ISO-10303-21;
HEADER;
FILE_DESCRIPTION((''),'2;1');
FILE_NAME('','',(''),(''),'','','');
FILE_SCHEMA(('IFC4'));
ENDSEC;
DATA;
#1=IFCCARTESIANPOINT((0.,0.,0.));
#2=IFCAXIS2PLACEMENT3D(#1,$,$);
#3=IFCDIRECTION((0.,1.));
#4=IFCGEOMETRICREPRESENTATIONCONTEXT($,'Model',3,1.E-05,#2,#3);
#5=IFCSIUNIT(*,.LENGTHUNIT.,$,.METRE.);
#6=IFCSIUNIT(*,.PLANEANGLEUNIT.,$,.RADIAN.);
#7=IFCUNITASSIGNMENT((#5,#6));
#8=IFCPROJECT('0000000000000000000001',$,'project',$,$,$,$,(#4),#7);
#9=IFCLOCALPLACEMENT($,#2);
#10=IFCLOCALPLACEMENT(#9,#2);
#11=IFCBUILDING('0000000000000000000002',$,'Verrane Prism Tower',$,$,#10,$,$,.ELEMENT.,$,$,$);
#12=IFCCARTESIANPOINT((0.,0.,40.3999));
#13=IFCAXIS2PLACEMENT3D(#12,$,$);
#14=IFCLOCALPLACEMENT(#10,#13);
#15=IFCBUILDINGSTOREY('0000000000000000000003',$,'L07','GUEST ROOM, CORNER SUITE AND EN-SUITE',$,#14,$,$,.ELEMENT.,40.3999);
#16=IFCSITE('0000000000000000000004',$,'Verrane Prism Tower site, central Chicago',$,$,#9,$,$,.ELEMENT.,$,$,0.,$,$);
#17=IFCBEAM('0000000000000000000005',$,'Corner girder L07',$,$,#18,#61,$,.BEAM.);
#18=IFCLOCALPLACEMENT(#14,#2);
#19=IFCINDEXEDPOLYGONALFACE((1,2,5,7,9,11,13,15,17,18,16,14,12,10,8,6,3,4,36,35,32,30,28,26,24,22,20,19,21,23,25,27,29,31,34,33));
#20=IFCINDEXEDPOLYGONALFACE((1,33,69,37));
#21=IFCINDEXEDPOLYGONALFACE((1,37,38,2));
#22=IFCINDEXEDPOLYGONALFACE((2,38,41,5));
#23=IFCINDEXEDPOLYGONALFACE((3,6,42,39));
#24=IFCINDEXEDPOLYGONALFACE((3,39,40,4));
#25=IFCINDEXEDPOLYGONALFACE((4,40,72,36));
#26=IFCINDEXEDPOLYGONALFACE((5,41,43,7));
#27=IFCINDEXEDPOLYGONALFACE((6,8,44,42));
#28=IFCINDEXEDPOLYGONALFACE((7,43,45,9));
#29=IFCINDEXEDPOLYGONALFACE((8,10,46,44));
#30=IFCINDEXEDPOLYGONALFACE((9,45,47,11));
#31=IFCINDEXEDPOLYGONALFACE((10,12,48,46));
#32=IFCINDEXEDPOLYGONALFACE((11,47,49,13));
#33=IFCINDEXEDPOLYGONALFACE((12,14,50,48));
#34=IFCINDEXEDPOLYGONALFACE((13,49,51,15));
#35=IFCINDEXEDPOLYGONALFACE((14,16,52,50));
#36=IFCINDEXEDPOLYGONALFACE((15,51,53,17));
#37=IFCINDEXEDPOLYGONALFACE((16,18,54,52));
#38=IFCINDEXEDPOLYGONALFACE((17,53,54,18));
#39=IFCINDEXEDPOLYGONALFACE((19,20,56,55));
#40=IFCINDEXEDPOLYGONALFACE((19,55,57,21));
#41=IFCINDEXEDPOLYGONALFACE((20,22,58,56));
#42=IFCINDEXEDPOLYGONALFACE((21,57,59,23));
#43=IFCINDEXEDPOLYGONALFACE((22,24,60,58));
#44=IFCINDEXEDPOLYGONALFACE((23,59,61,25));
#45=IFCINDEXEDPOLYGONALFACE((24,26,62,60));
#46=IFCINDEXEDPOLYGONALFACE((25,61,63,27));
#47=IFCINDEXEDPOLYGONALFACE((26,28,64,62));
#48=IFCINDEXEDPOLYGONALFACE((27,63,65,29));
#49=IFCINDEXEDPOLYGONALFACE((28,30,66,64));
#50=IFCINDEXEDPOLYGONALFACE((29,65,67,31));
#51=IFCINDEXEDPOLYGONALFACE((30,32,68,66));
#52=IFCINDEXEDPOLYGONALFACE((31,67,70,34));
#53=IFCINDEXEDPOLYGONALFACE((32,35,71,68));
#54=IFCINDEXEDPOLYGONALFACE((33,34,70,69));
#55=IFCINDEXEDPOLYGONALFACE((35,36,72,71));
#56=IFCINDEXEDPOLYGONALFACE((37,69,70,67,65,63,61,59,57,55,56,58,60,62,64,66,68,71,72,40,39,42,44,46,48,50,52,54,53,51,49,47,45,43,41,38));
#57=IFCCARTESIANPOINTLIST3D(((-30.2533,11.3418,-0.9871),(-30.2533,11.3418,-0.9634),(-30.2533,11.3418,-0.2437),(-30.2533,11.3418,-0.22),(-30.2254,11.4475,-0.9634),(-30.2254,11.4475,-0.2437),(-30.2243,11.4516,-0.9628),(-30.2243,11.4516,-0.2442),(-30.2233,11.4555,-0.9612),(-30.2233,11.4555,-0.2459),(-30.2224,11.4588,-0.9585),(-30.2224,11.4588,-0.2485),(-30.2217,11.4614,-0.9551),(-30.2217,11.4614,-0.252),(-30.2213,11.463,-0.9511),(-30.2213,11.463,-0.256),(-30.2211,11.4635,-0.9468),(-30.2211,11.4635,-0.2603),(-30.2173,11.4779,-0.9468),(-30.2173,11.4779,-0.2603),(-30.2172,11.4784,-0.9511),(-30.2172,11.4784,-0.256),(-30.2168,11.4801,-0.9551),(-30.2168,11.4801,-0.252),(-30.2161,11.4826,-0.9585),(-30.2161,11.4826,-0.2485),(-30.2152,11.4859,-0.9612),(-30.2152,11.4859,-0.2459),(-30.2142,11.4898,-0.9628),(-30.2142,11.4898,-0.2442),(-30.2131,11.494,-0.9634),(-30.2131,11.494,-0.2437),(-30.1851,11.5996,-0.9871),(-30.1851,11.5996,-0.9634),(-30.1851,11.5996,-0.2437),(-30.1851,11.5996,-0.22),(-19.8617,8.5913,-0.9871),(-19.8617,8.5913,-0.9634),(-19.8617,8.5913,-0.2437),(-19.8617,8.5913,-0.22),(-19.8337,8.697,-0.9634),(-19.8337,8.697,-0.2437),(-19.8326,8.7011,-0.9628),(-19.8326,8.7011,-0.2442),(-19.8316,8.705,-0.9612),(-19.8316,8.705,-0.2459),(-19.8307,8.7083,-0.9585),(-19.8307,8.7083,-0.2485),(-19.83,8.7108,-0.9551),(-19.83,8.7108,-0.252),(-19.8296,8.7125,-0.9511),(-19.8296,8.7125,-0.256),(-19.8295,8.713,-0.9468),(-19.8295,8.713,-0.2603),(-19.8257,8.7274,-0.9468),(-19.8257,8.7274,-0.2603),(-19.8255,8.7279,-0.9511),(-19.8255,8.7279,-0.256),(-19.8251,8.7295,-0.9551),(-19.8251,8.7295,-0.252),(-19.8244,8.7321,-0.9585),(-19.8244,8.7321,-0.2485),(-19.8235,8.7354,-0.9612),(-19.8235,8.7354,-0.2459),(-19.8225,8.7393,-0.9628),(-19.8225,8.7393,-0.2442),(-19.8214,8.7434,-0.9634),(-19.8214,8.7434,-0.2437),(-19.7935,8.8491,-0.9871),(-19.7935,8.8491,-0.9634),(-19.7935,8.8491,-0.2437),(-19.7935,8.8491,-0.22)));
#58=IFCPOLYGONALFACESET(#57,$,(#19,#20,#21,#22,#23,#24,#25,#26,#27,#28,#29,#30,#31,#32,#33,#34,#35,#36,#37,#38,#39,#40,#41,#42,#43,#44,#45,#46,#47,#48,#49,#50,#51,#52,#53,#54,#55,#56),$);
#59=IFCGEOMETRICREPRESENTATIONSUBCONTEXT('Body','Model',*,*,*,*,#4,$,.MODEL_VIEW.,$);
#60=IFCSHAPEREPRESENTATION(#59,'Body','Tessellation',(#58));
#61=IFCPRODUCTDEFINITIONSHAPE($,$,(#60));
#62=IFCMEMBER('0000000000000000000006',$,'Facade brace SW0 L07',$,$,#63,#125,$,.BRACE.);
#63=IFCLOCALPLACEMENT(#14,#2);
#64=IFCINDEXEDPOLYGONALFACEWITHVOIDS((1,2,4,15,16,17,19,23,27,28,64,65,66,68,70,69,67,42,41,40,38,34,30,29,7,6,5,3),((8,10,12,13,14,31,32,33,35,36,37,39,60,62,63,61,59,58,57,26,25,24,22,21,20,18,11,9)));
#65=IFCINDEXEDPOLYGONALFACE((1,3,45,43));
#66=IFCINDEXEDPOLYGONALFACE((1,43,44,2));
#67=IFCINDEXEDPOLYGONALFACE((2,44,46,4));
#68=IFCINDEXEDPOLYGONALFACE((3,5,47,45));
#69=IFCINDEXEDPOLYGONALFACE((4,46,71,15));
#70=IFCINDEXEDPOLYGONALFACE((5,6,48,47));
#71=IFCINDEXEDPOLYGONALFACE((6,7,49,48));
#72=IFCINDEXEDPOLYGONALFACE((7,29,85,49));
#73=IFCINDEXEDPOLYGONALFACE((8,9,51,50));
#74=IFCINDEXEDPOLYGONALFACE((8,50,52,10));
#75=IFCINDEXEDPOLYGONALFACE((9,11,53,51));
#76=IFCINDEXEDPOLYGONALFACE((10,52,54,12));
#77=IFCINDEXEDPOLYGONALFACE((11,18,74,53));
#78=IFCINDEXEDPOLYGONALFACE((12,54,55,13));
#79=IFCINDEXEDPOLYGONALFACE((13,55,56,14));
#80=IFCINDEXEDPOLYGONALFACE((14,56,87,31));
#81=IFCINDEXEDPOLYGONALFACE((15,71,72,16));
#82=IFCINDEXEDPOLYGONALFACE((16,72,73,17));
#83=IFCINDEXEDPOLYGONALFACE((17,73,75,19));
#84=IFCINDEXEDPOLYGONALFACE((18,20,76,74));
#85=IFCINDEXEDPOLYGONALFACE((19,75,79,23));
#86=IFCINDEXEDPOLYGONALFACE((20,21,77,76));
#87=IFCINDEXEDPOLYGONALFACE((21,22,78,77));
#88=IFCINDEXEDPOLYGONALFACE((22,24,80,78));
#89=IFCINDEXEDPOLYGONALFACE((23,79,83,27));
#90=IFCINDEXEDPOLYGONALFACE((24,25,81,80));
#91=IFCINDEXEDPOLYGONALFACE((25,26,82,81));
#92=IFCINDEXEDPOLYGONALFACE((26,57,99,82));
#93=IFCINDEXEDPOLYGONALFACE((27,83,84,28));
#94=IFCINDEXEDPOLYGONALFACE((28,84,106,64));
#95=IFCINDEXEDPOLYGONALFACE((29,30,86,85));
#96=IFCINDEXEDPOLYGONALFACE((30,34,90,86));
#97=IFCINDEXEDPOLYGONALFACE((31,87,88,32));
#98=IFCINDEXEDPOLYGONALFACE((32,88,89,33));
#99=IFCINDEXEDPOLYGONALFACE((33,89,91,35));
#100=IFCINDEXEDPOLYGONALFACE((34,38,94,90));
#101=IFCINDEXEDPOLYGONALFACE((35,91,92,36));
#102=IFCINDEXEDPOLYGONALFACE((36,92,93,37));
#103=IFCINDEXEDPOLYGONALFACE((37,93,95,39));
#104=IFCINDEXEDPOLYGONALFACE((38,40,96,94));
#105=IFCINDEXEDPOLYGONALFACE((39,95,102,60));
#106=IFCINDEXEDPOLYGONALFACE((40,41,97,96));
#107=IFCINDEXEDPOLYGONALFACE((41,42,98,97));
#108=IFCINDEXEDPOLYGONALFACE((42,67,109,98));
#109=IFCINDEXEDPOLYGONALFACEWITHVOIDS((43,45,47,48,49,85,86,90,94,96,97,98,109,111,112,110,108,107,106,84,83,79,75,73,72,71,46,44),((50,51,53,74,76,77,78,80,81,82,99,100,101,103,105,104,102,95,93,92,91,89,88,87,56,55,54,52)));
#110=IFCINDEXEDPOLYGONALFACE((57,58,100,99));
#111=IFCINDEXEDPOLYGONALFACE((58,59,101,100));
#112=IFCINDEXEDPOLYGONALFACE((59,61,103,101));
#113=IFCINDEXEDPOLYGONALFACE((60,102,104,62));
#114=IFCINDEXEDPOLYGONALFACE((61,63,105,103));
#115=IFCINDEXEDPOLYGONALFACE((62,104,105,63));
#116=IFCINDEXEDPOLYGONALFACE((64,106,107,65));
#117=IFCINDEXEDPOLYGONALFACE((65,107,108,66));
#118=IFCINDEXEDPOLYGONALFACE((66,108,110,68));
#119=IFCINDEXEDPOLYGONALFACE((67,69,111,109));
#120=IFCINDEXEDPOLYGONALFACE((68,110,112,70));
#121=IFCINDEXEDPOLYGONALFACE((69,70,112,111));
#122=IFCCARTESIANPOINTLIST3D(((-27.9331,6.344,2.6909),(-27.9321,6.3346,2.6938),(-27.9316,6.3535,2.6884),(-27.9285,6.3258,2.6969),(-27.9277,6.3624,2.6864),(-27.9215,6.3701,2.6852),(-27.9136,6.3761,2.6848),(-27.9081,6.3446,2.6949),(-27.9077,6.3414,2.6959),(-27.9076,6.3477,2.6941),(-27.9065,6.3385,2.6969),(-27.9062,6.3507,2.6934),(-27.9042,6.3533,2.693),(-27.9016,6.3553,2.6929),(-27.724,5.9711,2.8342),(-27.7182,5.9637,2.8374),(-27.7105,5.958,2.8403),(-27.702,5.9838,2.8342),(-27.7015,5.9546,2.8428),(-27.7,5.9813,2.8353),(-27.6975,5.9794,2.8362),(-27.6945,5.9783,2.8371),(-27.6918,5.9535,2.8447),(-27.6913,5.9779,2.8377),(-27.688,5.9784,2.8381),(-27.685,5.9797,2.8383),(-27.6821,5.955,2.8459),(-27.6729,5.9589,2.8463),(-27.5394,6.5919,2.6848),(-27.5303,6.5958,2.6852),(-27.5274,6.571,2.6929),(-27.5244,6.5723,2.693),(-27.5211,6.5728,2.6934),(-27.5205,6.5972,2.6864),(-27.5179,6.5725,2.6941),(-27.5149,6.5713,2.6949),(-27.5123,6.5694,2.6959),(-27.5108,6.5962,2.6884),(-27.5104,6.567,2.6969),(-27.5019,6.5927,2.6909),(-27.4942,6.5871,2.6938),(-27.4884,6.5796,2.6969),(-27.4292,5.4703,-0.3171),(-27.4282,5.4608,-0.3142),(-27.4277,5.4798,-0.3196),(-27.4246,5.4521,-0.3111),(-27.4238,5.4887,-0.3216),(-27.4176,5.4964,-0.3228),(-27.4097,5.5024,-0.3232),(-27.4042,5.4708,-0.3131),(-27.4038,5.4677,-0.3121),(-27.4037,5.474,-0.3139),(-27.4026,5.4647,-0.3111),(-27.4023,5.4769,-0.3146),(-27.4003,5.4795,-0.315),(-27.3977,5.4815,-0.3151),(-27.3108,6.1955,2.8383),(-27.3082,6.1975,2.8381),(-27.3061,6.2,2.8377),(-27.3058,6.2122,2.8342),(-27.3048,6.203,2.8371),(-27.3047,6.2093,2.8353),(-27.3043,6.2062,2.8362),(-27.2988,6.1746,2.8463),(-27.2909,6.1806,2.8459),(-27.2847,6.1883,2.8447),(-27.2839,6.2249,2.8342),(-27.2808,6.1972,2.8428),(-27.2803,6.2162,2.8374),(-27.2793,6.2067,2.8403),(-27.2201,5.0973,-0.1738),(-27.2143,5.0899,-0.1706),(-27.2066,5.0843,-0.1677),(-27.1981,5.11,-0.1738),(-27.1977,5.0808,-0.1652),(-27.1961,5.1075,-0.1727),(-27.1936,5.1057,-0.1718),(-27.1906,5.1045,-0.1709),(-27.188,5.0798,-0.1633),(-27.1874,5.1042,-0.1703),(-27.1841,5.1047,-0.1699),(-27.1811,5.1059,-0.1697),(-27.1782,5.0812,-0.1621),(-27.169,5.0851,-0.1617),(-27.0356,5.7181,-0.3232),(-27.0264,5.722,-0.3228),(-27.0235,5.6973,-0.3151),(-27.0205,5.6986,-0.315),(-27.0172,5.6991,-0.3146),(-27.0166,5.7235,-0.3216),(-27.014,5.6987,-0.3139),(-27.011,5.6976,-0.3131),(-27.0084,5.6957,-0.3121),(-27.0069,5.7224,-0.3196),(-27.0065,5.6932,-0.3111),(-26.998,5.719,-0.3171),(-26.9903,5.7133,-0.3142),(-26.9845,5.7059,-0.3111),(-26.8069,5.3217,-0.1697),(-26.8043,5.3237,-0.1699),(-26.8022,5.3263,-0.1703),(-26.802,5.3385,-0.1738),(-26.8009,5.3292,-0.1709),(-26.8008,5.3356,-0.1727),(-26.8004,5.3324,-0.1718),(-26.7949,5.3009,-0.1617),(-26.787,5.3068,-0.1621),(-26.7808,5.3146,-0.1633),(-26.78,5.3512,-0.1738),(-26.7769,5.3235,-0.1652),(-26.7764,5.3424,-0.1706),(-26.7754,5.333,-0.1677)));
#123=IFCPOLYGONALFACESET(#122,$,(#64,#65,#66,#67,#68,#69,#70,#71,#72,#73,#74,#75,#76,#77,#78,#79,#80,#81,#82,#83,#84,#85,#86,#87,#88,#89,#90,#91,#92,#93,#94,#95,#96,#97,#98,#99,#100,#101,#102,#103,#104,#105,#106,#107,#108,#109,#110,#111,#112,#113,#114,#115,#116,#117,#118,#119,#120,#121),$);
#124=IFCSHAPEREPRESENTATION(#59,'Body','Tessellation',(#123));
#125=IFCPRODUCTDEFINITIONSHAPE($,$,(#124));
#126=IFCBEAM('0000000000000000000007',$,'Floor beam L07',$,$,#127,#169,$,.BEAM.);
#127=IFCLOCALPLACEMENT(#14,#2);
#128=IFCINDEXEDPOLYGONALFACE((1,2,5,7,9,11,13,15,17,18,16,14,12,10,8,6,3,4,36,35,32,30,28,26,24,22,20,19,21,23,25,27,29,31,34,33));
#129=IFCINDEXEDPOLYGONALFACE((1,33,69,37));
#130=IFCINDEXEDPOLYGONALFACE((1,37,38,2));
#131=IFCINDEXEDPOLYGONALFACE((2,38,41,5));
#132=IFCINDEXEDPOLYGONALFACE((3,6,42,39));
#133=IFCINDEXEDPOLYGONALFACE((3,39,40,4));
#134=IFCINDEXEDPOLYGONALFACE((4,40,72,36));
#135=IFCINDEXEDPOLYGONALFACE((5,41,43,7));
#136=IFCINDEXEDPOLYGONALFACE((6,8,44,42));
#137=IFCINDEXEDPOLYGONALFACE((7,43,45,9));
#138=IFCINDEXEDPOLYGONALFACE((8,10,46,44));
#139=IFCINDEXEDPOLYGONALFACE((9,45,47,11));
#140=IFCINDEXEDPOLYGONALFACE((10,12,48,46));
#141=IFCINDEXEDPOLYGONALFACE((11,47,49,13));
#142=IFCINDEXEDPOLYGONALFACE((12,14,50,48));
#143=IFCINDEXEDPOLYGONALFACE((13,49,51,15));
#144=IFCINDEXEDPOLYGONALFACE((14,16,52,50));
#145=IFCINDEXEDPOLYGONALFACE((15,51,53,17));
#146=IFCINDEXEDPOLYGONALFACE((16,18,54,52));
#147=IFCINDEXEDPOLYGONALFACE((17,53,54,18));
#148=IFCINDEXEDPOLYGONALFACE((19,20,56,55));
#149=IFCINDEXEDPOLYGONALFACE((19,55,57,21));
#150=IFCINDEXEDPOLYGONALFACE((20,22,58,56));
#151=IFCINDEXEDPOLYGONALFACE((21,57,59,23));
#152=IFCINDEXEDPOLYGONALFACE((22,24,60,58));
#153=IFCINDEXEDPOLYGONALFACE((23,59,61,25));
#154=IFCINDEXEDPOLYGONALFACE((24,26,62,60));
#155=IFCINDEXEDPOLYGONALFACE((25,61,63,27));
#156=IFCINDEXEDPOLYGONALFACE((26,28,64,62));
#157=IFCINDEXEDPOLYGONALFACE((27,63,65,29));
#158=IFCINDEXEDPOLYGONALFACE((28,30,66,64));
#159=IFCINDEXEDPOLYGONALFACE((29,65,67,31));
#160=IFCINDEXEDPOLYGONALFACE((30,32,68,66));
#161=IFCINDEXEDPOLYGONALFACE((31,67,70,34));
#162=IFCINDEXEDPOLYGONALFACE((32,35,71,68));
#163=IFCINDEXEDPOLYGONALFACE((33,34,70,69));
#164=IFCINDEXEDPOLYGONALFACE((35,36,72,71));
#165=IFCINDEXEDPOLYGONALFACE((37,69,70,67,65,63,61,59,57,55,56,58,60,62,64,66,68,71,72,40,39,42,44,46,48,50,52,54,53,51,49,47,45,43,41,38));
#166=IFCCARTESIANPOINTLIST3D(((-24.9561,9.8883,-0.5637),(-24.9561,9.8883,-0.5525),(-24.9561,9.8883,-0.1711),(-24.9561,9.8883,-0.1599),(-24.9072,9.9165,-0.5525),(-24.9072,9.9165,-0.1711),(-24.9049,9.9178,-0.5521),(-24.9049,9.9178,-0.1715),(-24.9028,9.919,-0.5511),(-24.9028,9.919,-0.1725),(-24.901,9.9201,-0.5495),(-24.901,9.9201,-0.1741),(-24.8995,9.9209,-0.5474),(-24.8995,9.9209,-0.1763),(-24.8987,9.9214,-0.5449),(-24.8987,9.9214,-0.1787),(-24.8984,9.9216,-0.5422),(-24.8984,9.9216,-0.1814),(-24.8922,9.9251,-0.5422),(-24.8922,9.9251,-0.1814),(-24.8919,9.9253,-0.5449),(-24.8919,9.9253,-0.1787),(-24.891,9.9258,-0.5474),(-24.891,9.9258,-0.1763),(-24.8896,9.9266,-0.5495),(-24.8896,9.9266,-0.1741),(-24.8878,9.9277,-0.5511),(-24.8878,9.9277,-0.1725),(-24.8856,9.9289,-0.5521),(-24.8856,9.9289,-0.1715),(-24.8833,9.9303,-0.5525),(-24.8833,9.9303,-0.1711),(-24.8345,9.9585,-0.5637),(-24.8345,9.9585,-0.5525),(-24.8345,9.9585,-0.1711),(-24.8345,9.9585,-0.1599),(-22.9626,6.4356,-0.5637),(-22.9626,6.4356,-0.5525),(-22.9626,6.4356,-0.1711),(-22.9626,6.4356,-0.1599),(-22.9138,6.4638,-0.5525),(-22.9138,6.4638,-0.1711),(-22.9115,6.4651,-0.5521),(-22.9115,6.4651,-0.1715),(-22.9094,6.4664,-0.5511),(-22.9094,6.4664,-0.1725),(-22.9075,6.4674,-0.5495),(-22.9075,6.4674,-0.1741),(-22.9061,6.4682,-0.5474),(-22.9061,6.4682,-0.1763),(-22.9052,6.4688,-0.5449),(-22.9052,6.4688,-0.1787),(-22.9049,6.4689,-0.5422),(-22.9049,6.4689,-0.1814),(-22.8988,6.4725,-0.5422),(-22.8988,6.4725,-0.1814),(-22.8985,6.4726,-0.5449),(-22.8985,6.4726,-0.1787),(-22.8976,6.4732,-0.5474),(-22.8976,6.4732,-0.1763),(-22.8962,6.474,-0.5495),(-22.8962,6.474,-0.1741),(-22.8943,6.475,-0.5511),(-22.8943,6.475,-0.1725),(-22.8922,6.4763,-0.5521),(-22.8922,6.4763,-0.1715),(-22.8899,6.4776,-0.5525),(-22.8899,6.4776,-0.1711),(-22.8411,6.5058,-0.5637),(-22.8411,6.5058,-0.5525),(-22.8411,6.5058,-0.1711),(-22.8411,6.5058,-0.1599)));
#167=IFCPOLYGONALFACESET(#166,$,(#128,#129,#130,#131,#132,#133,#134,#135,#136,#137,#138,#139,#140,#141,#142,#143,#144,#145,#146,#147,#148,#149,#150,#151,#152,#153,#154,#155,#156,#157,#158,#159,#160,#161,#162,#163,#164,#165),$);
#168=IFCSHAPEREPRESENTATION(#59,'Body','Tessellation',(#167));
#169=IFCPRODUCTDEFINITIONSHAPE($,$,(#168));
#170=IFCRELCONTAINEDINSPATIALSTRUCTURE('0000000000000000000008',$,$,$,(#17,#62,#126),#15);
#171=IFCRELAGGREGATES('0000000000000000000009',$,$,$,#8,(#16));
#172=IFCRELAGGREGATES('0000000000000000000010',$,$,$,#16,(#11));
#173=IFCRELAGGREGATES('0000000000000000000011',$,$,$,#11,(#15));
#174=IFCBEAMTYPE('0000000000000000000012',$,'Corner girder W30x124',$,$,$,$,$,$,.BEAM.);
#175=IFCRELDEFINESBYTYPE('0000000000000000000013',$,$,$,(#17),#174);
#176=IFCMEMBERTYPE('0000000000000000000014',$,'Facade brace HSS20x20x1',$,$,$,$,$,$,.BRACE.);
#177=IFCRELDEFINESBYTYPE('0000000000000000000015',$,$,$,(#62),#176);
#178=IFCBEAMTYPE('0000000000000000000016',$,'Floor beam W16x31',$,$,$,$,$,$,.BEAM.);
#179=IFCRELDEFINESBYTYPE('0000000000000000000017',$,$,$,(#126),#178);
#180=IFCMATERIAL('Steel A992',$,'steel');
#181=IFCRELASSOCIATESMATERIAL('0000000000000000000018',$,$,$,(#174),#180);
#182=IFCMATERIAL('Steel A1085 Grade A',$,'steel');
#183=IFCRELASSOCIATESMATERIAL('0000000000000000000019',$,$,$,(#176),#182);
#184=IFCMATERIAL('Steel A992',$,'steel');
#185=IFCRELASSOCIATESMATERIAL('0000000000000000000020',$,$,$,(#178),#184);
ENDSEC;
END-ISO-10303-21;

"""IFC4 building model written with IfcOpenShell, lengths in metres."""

from ifc_helpers import new_model, si_unit, direction, frame, origin, origin_2d, place, context, subcontext, project, spatial, hollow_rectangle, i_section, extrude, material, material_profile, profile_set, type_object, element, save


model = new_model("IFC4")

# Units and contexts
model_context = context("Model", 3, precision=1e-05, world=origin(), true_north=direction((0.0, 1.0)))
body_context = subcontext(model_context, "Body", "Model", "MODEL_VIEW")
ifc_project = project(units=[si_unit("LENGTHUNIT", "METRE"), si_unit("PLANEANGLEUNIT", "RADIAN")], contexts=[model_context])

# Site, building, storey
site_placement = place(None, origin())
site = spatial("IfcSite", under=ifc_project, at=site_placement, Name="Verrane Prism Tower site, central Chicago", CompositionType="ELEMENT", RefElevation=0.0)
building_placement = place(site_placement, origin())
building = spatial("IfcBuilding", under=site, at=building_placement, Name="Verrane Prism Tower", CompositionType="ELEMENT")
storey_placement = place(building_placement, frame((0.0, 0.0, 40.3999)))
storey = spatial("IfcBuildingStorey", under=building, at=storey_placement, Name="L07", Description="GUEST ROOM, CORNER SUITE AND EN-SUITE", CompositionType="ELEMENT", Elevation=40.3999)

# Beam
ifc_material_1 = material(Name="Steel A992", Category="steel")
ifc_material_profile_1 = material_profile(ifc_material_1, i_section(OverallWidth=0.2666, OverallDepth=0.7671, WebThickness=0.0149, FlangeThickness=0.0237, FilletRadius=0.0166, at=origin_2d()), Name="W30x124")
ifc_profile_set_1 = profile_set([ifc_material_profile_1], Name="Steel A992")
beam_type_1 = type_object("IfcBeamType", Name="Corner girder W30x124", PredefinedType="BEAM", material=ifc_profile_set_1)
beam_1_placement = place(storey_placement, frame((-30.2192, 11.4707, -0.6035), z_axis=(0.966711, -0.255873, 0.0), x_axis=(0.255873, 0.966711, 0.0)))
element("IfcBeam", 1, at=beam_1_placement, inside=storey, type_object=beam_type_1, Name="Corner girder L07", PredefinedType="BEAM", context=body_context, shape_type="SweptSolid", body=[
    extrude(i_section(OverallWidth=0.2666, OverallDepth=0.7671, WebThickness=0.0149, FlangeThickness=0.0237, FilletRadius=0.0166, at=origin_2d()), origin(), (0.0, 0.0, 1.0), 10.7495),
])

# Member
ifc_material_2 = material(Name="Steel A1085 Grade A", Category="steel")
ifc_material_profile_2 = material_profile(ifc_material_2, hollow_rectangle(XDim=0.5081, YDim=0.5081, WallThickness=0.0254, InnerFilletRadius=0.0127, OuterFilletRadius=0.0381, at=origin_2d()), Name="HSS20x20x1")
ifc_profile_set_2 = profile_set([ifc_material_profile_2], Name="Steel A1085 Grade A")
member_type_1 = type_object("IfcMemberType", Name="Facade brace HSS20x20x1", PredefinedType="BRACE", material=ifc_profile_set_2)
member_1_placement = place(storey_placement, frame((-27.1023, 5.4016, -0.2424), z_axis=(-0.158827, 0.275408, 0.948116), x_axis=(-0.86627, -0.499576, 0.0)))
element("IfcMember", 2, at=member_1_placement, inside=storey, type_object=member_type_1, Name="Facade brace SW0 L07", PredefinedType="BRACE", context=body_context, shape_type="SweptSolid", body=[
    extrude(hollow_rectangle(XDim=0.5081, YDim=0.5081, WallThickness=0.0254, InnerFilletRadius=0.0127, OuterFilletRadius=0.0381, at=origin_2d()), origin(), (0.0, 0.0, 1.0), 3.1726),
])

# Beam
ifc_material_3 = material(Name="Steel A992", Category="steel")
ifc_material_profile_3 = material_profile(ifc_material_3, i_section(OverallWidth=0.1404, OverallDepth=0.4038, WebThickness=0.0071, FlangeThickness=0.0112, FilletRadius=0.0103, at=origin_2d()), Name="W16x31")
ifc_profile_set_3 = profile_set([ifc_material_profile_3], Name="Steel A992")
beam_type_2 = type_object("IfcBeamType", Name="Floor beam W16x31", PredefinedType="BEAM", material=ifc_profile_set_3)
beam_2_placement = place(storey_placement, frame((-22.9019, 6.4707, -0.3618), z_axis=(-0.500005, 0.866022, 0.0), x_axis=(-0.866022, -0.500005, 0.0)))
element("IfcBeam", 3, at=beam_2_placement, inside=storey, type_object=beam_type_2, Name="Floor beam L07", PredefinedType="BEAM", context=body_context, shape_type="SweptSolid", body=[
    extrude(i_section(OverallWidth=0.1404, OverallDepth=0.4038, WebThickness=0.0071, FlangeThickness=0.0112, FilletRadius=0.0103, at=origin_2d()), origin(), (0.0, 0.0, 1.0), 3.9868),
])

save(model, "model.ifc")
